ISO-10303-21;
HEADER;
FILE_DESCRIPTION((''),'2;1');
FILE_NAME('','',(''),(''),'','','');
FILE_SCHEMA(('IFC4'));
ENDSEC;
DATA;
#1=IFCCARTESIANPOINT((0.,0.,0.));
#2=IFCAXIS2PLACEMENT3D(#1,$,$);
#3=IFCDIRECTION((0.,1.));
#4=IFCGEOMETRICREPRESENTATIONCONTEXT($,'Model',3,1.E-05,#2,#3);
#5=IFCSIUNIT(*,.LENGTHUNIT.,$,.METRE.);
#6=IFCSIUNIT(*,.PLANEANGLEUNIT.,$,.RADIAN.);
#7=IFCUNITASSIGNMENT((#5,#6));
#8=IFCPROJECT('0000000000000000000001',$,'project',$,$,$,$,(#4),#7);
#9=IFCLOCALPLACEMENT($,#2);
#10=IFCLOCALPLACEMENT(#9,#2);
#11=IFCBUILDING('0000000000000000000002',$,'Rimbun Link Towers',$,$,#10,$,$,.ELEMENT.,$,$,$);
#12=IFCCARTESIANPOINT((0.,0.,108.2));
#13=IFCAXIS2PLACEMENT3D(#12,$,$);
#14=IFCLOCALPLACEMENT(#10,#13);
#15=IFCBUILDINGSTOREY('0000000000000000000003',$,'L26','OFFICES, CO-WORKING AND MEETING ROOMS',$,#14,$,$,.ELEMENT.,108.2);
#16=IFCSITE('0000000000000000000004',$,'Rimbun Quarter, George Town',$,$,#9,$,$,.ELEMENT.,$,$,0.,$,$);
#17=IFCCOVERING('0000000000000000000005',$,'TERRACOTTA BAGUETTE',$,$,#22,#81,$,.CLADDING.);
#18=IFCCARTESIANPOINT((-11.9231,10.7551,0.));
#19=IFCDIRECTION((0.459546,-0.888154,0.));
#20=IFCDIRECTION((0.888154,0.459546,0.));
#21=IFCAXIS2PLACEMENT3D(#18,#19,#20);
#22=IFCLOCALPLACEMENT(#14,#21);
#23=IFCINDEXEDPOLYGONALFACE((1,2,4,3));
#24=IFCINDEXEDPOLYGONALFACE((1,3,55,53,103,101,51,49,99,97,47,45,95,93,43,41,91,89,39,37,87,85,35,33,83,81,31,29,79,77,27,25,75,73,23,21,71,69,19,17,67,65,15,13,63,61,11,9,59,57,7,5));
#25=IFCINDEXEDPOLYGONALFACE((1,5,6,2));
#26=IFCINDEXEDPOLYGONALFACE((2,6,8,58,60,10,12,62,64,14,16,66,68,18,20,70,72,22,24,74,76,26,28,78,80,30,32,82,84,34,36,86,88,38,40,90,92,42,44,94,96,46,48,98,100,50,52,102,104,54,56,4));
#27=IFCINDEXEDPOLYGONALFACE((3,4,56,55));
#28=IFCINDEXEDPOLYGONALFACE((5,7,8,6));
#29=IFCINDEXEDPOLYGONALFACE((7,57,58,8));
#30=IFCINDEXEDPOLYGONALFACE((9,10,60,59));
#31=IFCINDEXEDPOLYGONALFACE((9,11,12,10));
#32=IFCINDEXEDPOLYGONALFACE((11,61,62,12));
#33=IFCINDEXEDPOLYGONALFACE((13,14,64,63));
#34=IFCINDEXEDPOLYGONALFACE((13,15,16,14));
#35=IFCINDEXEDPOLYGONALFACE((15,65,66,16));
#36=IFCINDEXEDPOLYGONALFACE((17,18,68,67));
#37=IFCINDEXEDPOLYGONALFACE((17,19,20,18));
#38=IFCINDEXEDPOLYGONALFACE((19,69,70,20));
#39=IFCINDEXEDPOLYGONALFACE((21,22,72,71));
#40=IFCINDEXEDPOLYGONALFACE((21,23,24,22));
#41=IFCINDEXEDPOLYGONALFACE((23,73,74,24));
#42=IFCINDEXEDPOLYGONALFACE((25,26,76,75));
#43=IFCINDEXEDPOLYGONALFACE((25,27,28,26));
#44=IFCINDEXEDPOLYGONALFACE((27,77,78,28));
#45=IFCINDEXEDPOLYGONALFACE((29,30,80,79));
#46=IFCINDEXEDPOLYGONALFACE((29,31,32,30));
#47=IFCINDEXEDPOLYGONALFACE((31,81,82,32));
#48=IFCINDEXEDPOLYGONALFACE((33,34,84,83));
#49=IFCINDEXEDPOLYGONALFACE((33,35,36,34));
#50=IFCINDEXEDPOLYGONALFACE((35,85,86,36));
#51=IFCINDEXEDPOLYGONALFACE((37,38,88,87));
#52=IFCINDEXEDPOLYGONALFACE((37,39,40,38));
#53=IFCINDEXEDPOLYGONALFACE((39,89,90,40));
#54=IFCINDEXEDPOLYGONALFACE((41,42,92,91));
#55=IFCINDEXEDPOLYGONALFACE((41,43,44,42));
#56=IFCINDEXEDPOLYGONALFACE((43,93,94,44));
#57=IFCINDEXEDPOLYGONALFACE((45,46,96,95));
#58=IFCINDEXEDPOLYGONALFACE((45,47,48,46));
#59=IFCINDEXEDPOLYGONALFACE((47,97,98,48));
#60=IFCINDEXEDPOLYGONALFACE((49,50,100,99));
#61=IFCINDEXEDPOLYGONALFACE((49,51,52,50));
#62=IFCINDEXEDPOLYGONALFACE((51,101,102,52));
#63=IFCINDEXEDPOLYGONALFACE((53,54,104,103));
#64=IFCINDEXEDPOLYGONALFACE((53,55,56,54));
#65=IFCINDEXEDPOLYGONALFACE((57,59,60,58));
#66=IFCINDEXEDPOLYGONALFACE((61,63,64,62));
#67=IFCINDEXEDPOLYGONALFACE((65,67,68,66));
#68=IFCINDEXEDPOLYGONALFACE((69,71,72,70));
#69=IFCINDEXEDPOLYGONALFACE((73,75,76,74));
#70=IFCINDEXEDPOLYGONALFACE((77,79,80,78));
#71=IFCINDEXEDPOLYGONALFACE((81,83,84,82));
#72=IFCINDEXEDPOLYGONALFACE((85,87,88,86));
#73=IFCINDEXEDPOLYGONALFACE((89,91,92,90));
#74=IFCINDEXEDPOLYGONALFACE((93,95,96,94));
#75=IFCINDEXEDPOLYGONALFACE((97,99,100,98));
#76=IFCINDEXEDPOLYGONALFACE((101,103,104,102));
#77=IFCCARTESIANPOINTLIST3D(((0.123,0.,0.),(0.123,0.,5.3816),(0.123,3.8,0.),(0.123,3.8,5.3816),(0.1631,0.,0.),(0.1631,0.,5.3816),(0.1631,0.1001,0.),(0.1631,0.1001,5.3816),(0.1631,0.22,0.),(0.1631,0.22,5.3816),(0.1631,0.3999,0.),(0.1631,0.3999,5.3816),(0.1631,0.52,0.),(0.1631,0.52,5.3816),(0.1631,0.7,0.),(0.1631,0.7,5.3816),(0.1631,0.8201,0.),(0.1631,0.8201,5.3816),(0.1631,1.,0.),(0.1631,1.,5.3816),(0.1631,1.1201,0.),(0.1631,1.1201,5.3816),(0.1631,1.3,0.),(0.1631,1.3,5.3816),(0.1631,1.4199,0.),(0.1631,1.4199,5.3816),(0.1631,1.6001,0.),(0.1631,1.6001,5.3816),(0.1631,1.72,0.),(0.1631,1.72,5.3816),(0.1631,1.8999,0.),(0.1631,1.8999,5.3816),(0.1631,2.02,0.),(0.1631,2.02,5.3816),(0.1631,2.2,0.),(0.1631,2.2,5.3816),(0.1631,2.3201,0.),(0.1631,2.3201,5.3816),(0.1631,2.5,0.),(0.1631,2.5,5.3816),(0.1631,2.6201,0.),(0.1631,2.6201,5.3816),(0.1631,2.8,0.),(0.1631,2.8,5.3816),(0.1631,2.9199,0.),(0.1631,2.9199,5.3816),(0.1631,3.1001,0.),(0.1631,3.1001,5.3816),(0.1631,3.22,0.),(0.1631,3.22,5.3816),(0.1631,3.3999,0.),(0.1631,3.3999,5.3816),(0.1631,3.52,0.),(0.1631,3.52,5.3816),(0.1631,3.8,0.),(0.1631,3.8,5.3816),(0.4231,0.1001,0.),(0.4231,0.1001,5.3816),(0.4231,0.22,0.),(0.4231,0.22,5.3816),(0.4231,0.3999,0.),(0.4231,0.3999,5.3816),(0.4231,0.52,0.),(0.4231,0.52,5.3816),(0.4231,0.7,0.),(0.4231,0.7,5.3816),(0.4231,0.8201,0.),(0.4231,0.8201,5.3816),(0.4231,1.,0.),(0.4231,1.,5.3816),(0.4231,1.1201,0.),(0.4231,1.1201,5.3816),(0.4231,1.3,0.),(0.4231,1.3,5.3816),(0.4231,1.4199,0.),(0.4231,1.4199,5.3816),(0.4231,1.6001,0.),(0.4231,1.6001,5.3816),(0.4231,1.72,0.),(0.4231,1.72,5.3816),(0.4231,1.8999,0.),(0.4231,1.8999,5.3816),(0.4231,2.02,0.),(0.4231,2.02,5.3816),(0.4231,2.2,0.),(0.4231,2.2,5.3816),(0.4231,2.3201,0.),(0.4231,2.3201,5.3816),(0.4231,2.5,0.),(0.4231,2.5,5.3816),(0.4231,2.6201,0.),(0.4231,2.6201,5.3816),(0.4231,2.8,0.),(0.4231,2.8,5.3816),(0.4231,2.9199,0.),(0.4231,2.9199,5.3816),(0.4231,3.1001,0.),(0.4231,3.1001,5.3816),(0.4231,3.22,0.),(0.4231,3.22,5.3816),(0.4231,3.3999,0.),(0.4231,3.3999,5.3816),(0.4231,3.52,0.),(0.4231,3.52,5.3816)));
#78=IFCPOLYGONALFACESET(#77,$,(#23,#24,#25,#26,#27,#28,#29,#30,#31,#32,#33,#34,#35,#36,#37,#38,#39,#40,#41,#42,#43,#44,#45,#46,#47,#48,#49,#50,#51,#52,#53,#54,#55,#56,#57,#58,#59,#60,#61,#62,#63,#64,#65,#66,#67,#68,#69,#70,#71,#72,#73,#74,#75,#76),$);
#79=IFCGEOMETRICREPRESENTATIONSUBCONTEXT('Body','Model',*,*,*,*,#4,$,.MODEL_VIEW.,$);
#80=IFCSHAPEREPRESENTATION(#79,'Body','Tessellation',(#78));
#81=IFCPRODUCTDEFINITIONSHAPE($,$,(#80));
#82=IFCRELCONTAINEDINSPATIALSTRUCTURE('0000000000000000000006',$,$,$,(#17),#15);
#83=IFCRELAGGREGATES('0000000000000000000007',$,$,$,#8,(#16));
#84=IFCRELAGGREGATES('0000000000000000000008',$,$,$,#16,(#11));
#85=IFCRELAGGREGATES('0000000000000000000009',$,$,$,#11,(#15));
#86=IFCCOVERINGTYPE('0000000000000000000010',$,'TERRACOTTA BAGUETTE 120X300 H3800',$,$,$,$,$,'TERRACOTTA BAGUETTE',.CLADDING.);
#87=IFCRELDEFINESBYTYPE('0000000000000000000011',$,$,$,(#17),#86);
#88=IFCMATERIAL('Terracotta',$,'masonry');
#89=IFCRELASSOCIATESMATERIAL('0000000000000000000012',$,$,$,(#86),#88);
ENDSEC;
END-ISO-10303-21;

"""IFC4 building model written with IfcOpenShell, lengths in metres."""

from ifc_helpers import new_model, si_unit, direction, frame, origin, place, context, subcontext, project, spatial, polyline, outline, extrude, material, material_profile, profile_set, type_object, element, save


model = new_model("IFC4")

# Units and contexts
model_context = context("Model", 3, precision=1e-05, world=origin(), true_north=direction((0.0, 1.0)))
body_context = subcontext(model_context, "Body", "Model", "MODEL_VIEW")
ifc_project = project(units=[si_unit("LENGTHUNIT", "METRE"), si_unit("PLANEANGLEUNIT", "RADIAN")], contexts=[model_context])

# Site, building, storey
site_placement = place(None, origin())
site = spatial("IfcSite", under=ifc_project, at=site_placement, Name="Rimbun Quarter, George Town", CompositionType="ELEMENT", RefElevation=0.0)
building_placement = place(site_placement, origin())
building = spatial("IfcBuilding", under=site, at=building_placement, Name="Rimbun Link Towers", CompositionType="ELEMENT")
storey_placement = place(building_placement, frame((0.0, 0.0, 108.2)))
storey = spatial("IfcBuildingStorey", under=building, at=storey_placement, Name="L26", Description="OFFICES, CO-WORKING AND MEETING ROOMS", CompositionType="ELEMENT", Elevation=108.2)

# Covering
ifc_material_1 = material(Name="Terracotta", Category="masonry")
ifc_material_profile_1 = material_profile(ifc_material_1, outline(polyline([(0.123, 0.0), (0.1631, 0.0), (0.1631, 0.1001), (0.4231, 0.1001), (0.4231, 0.22), (0.1631, 0.22), (0.1631, 0.3999), (0.4231, 0.3999), (0.4231, 0.52), (0.1631, 0.52), (0.1631, 0.7), (0.4231, 0.7), (0.4231, 0.8201), (0.1631, 0.8201), (0.1631, 1.0), (0.4231, 1.0), (0.4231, 1.1201), (0.1631, 1.1201), (0.1631, 1.3), (0.4231, 1.3), (0.4231, 1.4199), (0.1631, 1.4199), (0.1631, 1.6001), (0.4231, 1.6001), (0.4231, 1.72), (0.1631, 1.72), (0.1631, 1.8999), (0.4231, 1.8999), (0.4231, 2.02), (0.1631, 2.02), (0.1631, 2.2), (0.4231, 2.2), (0.4231, 2.3201), (0.1631, 2.3201), (0.1631, 2.5), (0.4231, 2.5), (0.4231, 2.6201), (0.1631, 2.6201), (0.1631, 2.8), (0.4231, 2.8), (0.4231, 2.9199), (0.1631, 2.9199), (0.1631, 3.1001), (0.4231, 3.1001), (0.4231, 3.22), (0.1631, 3.22), (0.1631, 3.3999), (0.4231, 3.3999), (0.4231, 3.52), (0.1631, 3.52), (0.1631, 3.8), (0.123, 3.8), (0.123, 0.0)])), Name="BAGUETTE 120X300")
ifc_profile_set_1 = profile_set([ifc_material_profile_1], Name="Terracotta")
covering_type = type_object("IfcCoveringType", Name="TERRACOTTA BAGUETTE 120X300 H3800", ElementType="TERRACOTTA BAGUETTE", PredefinedType="CLADDING", material=ifc_profile_set_1)
covering_1_placement = place(storey_placement, frame((-11.9231, 10.7551, 0.0), z_axis=(0.459546, -0.888154, 0.0), x_axis=(0.888154, 0.459546, 0.0)))
element("IfcCovering", 1, at=covering_1_placement, inside=storey, type_object=covering_type, Name="TERRACOTTA BAGUETTE", PredefinedType="CLADDING", context=body_context, shape_type="SweptSolid", body=[
    extrude(outline(polyline([(0.123, 0.0), (0.1631, 0.0), (0.1631, 0.1001), (0.4231, 0.1001), (0.4231, 0.22), (0.1631, 0.22), (0.1631, 0.3999), (0.4231, 0.3999), (0.4231, 0.52), (0.1631, 0.52), (0.1631, 0.7), (0.4231, 0.7), (0.4231, 0.8201), (0.1631, 0.8201), (0.1631, 1.0), (0.4231, 1.0), (0.4231, 1.1201), (0.1631, 1.1201), (0.1631, 1.3), (0.4231, 1.3), (0.4231, 1.4199), (0.1631, 1.4199), (0.1631, 1.6001), (0.4231, 1.6001), (0.4231, 1.72), (0.1631, 1.72), (0.1631, 1.8999), (0.4231, 1.8999), (0.4231, 2.02), (0.1631, 2.02), (0.1631, 2.2), (0.4231, 2.2), (0.4231, 2.3201), (0.1631, 2.3201), (0.1631, 2.5), (0.4231, 2.5), (0.4231, 2.6201), (0.1631, 2.6201), (0.1631, 2.8), (0.4231, 2.8), (0.4231, 2.9199), (0.1631, 2.9199), (0.1631, 3.1001), (0.4231, 3.1001), (0.4231, 3.22), (0.1631, 3.22), (0.1631, 3.3999), (0.4231, 3.3999), (0.4231, 3.52), (0.1631, 3.52), (0.1631, 3.8), (0.123, 3.8), (0.123, 0.0)])), origin(), (0.0, 0.0, 1.0), 5.3816),
])

save(model, "model.ifc")
